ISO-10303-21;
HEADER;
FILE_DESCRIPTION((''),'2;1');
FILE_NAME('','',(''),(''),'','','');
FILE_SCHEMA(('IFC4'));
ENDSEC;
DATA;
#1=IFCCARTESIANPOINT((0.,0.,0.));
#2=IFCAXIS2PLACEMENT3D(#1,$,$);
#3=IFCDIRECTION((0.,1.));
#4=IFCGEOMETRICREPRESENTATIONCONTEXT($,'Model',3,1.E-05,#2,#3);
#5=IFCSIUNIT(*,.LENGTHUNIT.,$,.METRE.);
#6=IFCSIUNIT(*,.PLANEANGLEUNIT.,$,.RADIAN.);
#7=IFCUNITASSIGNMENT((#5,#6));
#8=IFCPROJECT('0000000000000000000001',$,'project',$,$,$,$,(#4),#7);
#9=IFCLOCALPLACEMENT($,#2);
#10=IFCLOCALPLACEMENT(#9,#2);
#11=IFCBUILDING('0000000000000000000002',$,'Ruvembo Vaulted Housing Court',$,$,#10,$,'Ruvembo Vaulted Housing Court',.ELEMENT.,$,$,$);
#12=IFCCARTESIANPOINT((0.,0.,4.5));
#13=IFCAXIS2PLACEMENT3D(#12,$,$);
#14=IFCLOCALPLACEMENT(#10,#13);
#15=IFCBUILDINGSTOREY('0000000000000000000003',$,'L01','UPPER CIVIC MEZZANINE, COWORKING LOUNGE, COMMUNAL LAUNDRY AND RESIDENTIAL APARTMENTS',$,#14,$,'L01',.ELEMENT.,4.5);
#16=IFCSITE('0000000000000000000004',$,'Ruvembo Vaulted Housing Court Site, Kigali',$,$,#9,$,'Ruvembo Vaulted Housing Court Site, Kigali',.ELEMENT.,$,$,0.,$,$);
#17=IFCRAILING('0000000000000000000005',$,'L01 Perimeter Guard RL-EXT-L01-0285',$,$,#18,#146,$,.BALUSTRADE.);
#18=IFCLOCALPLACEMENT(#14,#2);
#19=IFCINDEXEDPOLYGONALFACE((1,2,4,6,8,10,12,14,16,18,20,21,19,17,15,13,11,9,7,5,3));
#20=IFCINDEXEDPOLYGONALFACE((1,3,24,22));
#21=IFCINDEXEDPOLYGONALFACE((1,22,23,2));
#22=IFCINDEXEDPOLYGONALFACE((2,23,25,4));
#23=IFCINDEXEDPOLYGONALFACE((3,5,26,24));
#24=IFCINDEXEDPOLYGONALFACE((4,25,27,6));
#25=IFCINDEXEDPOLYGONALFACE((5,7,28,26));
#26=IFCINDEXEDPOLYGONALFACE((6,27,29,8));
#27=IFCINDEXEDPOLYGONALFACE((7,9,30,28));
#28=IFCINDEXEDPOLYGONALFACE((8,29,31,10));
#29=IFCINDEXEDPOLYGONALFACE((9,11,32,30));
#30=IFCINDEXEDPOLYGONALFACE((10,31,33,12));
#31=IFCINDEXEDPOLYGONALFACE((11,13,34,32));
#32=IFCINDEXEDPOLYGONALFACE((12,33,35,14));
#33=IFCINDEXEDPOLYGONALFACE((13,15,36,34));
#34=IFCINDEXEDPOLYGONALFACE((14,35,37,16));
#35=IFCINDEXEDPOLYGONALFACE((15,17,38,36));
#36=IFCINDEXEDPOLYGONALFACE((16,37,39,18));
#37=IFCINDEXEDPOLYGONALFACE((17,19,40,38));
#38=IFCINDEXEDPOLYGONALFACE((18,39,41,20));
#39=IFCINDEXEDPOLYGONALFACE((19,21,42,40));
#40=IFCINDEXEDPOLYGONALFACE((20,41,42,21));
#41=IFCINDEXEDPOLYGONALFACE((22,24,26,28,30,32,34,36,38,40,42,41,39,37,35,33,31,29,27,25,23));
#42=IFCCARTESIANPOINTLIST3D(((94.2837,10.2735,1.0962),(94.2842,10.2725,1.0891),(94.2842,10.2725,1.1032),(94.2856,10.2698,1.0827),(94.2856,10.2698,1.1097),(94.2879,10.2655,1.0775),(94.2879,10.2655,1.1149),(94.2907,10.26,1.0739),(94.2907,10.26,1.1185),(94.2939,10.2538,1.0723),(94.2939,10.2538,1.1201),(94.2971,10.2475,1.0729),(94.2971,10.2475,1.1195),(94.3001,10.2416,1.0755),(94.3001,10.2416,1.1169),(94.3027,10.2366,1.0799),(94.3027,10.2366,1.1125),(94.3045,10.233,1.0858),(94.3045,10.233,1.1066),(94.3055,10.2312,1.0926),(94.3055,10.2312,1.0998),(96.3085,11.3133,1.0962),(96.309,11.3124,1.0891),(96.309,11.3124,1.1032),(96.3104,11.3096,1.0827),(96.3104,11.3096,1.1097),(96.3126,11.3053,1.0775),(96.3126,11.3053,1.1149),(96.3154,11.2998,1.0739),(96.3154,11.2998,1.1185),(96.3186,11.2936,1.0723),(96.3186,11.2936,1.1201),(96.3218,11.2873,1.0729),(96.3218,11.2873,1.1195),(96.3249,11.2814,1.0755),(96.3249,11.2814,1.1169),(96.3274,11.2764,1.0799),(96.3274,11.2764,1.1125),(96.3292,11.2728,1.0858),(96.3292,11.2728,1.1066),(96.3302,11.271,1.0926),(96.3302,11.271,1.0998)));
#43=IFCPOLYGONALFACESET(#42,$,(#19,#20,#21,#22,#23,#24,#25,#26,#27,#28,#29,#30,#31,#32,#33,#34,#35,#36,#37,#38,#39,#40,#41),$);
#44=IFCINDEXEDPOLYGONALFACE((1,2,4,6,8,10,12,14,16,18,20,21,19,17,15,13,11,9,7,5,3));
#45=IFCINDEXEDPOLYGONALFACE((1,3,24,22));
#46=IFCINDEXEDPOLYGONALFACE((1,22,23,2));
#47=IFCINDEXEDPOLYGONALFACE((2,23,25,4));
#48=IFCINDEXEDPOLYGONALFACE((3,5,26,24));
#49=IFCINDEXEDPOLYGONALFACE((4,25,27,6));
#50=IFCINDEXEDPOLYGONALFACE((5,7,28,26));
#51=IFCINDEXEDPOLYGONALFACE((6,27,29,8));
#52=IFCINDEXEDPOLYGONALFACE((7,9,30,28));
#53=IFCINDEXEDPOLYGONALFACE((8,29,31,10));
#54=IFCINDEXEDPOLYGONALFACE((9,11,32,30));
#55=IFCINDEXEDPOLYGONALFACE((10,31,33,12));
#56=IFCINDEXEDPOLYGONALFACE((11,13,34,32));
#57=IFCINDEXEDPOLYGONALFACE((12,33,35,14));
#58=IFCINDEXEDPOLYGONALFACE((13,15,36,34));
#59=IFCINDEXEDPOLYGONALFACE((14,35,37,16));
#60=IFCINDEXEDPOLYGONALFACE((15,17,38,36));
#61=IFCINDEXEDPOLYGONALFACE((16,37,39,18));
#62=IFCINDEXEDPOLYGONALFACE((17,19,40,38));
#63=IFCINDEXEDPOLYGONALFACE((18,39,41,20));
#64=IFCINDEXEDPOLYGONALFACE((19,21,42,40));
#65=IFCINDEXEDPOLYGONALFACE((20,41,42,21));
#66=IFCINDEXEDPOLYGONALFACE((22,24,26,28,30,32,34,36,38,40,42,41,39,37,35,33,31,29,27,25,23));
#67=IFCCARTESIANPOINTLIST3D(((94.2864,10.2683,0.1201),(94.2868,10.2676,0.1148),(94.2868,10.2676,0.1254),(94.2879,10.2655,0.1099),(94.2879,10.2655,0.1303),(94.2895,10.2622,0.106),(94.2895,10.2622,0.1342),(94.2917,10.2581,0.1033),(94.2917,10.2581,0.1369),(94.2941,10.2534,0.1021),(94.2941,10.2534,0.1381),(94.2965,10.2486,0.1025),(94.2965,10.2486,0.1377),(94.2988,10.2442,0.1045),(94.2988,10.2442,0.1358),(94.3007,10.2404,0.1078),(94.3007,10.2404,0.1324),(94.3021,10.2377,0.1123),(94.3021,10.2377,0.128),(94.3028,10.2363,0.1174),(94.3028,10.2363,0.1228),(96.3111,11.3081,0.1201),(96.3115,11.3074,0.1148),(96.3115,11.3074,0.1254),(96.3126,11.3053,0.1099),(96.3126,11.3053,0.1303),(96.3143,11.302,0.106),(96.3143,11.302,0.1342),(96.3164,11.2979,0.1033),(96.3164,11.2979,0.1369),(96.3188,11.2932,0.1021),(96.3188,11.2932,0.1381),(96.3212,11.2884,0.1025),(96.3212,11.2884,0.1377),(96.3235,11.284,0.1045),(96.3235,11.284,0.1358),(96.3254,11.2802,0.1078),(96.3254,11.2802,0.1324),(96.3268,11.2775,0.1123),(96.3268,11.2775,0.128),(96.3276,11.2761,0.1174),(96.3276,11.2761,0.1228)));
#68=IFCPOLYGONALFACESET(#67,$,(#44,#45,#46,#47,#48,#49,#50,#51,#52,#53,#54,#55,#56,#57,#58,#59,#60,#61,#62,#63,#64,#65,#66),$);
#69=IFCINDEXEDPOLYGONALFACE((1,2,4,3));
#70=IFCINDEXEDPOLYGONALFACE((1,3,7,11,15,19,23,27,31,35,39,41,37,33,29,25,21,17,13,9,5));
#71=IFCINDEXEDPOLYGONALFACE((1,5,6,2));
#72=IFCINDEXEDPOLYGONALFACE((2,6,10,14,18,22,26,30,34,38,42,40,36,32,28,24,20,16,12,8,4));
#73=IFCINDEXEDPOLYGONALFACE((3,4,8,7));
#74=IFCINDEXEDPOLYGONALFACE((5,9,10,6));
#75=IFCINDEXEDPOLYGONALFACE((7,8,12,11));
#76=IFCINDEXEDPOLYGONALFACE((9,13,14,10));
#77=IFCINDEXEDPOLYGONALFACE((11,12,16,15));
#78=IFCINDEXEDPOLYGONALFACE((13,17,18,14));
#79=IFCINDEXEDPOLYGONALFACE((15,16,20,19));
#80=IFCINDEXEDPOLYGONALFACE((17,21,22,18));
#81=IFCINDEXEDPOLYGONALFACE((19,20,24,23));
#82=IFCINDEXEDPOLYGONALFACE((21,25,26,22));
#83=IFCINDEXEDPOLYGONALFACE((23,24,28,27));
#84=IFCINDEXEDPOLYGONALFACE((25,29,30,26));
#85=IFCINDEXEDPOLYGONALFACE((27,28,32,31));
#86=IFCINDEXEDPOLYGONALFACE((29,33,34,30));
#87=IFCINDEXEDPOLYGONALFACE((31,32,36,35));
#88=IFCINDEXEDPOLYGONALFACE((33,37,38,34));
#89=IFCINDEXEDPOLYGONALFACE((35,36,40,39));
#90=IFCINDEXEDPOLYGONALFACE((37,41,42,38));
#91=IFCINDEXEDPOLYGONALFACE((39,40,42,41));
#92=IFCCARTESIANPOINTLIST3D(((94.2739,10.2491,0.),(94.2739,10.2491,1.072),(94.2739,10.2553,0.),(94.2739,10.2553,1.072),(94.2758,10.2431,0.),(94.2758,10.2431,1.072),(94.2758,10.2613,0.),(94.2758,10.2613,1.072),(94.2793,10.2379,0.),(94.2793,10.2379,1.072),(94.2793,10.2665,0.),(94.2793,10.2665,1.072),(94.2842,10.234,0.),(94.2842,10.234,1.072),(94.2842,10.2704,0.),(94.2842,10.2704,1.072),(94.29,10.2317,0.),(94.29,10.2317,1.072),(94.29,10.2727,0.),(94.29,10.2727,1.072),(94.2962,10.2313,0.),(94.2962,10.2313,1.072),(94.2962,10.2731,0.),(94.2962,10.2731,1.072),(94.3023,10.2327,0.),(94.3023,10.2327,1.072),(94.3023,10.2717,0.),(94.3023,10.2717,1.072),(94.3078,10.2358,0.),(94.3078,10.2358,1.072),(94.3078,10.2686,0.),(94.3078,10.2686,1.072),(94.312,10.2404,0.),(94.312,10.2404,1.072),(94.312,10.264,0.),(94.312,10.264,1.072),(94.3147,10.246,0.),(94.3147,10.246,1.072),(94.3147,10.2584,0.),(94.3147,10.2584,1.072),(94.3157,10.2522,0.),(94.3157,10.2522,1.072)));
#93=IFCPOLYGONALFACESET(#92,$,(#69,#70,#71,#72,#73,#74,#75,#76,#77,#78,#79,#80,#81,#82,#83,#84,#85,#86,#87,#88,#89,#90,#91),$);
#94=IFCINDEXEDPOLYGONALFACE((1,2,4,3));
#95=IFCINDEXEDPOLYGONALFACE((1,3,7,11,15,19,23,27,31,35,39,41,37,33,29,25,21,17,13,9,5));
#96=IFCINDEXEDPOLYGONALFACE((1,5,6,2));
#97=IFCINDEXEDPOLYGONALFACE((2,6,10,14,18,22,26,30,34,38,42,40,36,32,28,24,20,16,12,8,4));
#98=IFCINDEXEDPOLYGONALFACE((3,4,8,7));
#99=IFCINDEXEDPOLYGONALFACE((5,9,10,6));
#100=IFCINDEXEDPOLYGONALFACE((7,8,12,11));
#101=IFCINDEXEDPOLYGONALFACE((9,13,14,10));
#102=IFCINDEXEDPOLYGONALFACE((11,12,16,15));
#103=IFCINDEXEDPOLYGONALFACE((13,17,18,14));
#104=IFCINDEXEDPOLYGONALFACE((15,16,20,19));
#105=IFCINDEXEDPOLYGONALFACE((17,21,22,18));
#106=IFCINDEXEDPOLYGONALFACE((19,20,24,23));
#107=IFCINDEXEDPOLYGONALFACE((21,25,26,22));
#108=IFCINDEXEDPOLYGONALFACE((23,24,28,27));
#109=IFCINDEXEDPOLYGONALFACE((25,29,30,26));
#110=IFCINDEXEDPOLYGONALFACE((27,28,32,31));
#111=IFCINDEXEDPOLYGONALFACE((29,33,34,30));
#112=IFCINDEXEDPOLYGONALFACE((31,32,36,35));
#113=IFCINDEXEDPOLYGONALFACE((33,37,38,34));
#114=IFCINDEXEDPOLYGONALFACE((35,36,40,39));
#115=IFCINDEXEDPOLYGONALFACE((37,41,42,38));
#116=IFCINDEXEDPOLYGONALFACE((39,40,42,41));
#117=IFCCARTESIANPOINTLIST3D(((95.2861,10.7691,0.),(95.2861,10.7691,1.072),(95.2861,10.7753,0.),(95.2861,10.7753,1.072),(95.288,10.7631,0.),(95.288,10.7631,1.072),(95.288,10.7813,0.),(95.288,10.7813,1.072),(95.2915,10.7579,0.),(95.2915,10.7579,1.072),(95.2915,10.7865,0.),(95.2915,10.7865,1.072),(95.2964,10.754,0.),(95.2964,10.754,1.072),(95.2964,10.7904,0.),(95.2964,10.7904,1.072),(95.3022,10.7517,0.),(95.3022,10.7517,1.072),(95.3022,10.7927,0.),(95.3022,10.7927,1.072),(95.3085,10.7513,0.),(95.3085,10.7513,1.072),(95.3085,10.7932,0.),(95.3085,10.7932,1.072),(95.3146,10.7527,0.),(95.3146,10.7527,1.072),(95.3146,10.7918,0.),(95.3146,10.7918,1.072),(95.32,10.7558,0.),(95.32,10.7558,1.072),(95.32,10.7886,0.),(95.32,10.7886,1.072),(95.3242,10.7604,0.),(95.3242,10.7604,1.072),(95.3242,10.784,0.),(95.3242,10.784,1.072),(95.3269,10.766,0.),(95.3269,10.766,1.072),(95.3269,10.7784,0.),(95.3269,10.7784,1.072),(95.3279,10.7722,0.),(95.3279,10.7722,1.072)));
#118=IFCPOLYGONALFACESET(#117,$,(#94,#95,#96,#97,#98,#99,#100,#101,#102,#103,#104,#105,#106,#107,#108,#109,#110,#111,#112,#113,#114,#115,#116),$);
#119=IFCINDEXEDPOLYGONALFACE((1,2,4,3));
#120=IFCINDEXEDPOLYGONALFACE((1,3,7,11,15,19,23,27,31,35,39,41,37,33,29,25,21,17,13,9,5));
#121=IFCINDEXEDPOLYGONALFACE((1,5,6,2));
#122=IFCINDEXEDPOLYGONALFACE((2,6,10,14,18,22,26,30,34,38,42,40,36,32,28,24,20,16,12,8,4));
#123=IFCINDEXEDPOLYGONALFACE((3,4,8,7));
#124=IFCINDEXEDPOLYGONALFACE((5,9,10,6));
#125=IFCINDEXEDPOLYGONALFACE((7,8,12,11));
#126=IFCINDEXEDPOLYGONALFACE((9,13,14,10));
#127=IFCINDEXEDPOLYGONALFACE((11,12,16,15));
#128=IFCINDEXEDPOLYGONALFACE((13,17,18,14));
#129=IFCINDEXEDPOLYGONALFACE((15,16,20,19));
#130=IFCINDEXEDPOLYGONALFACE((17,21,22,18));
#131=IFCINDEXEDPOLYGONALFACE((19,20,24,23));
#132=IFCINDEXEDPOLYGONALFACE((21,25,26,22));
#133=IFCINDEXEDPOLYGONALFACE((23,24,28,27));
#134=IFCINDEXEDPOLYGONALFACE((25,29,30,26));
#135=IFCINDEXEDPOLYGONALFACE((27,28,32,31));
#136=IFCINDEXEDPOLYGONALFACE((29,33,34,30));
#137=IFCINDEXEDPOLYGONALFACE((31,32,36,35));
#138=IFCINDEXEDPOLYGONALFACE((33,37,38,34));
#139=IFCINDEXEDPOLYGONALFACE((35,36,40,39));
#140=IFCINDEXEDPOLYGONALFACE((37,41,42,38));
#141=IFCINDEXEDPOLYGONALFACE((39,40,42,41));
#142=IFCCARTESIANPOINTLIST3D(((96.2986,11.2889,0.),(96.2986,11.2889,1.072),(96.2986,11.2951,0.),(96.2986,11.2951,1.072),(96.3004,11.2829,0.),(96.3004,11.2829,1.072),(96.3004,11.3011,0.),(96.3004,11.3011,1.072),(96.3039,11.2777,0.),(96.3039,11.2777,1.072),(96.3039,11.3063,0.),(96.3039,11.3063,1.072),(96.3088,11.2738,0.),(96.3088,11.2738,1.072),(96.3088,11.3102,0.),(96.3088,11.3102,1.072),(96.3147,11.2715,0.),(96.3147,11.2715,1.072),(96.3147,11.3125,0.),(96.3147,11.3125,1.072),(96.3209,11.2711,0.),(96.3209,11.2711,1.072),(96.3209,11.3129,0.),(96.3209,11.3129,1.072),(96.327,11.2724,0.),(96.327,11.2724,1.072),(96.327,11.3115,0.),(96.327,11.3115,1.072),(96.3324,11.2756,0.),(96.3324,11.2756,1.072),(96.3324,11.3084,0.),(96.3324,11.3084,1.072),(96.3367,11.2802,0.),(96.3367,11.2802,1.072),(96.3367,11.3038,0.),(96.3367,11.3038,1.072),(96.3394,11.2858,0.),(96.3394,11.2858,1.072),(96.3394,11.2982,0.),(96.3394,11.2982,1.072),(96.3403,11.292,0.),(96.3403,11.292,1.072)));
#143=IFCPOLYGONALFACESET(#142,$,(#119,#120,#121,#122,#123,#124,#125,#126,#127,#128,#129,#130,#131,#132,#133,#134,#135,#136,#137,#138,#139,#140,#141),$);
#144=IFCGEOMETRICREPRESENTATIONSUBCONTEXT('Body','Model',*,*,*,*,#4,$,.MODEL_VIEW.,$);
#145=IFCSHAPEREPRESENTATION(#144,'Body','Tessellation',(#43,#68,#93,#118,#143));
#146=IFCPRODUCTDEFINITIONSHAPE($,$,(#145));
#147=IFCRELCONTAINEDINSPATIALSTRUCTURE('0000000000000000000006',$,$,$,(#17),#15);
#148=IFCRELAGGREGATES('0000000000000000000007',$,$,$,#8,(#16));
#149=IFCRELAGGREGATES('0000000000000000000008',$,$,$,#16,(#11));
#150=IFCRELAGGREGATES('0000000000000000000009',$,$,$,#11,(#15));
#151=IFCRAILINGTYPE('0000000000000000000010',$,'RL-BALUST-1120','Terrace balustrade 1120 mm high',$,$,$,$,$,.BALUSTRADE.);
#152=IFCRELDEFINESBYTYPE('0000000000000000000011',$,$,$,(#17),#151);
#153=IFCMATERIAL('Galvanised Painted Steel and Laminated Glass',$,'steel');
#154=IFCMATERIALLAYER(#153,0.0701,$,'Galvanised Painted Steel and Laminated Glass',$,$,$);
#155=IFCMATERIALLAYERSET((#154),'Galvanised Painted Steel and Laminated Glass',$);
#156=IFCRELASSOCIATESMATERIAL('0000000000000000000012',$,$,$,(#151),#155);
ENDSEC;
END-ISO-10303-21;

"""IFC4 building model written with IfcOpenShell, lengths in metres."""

from ifc_helpers import new_model, si_unit, direction, frame, origin, origin_2d, place, context, subcontext, project, spatial, circle, extrude, material, layer, layer_set, type_object, element, save


model = new_model("IFC4")

# Units and contexts
model_context = context("Model", 3, precision=1e-05, world=origin(), true_north=direction((0.0, 1.0)))
body_context = subcontext(model_context, "Body", "Model", "MODEL_VIEW")
ifc_project = project(units=[si_unit("LENGTHUNIT", "METRE"), si_unit("PLANEANGLEUNIT", "RADIAN")], contexts=[model_context])

# Site, building, storey
site_placement = place(None, origin())
site = spatial("IfcSite", under=ifc_project, at=site_placement, Name="Ruvembo Vaulted Housing Court Site, Kigali", LongName="Ruvembo Vaulted Housing Court Site, Kigali", CompositionType="ELEMENT", RefElevation=0.0)
building_placement = place(site_placement, origin())
building = spatial("IfcBuilding", under=site, at=building_placement, Name="Ruvembo Vaulted Housing Court", LongName="Ruvembo Vaulted Housing Court", CompositionType="ELEMENT")
storey_placement = place(building_placement, frame((0.0, 0.0, 4.5)))
storey = spatial("IfcBuildingStorey", under=building, at=storey_placement, Name="L01", Description="UPPER CIVIC MEZZANINE, COWORKING LOUNGE, COMMUNAL LAUNDRY AND RESIDENTIAL APARTMENTS", LongName="L01", CompositionType="ELEMENT", Elevation=4.5)

# Railing
ifc_material_1 = material(Name="Galvanised Painted Steel and Laminated Glass", Category="steel")
ifc_layer_1 = layer(ifc_material_1, 0.0701, Name="Galvanised Painted Steel and Laminated Glass")
ifc_layer_set_1 = layer_set([ifc_layer_1], Name="Galvanised Painted Steel and Laminated Glass")
railing_type = type_object("IfcRailingType", Name="RL-BALUST-1120", Description="Terrace balustrade 1120 mm high", PredefinedType="BALUSTRADE", material=ifc_layer_set_1)
railing_1_placement = place(storey_placement, frame((94.2947, 10.2522, 0.0)))
element("IfcRailing", 1, at=railing_1_placement, inside=storey, type_object=railing_type, Name="L01 Perimeter Guard RL-EXT-L01-0285", PredefinedType="BALUSTRADE", context=body_context, shape_type="SweptSolid", body=[
    extrude(circle(Radius=0.0239, at=origin_2d()), frame((0.0, 0.0, 1.0962), z_axis=(0.889548, 0.456841, 0.0), x_axis=(-0.456841, 0.889548, 0.0)), (0.0, 0.0, 1.0), 2.2761),
    extrude(circle(Radius=0.0181, at=origin_2d()), frame((0.0, 0.0, 0.1201), z_axis=(0.889548, 0.456841, 0.0), x_axis=(-0.456841, 0.889548, 0.0)), (0.0, 0.0, 1.0), 2.2761),
    extrude(circle(Radius=0.021, at=origin_2d()), origin(), (0.0, 0.0, 1.0), 1.072),
    extrude(circle(Radius=0.021, at=origin_2d()), frame((1.0122, 0.52, 0.0)), (0.0, 0.0, 1.0), 1.072),
    extrude(circle(Radius=0.021, at=origin_2d()), frame((2.0247, 1.0398, 0.0)), (0.0, 0.0, 1.0), 1.072),
])

save(model, "model.ifc")
